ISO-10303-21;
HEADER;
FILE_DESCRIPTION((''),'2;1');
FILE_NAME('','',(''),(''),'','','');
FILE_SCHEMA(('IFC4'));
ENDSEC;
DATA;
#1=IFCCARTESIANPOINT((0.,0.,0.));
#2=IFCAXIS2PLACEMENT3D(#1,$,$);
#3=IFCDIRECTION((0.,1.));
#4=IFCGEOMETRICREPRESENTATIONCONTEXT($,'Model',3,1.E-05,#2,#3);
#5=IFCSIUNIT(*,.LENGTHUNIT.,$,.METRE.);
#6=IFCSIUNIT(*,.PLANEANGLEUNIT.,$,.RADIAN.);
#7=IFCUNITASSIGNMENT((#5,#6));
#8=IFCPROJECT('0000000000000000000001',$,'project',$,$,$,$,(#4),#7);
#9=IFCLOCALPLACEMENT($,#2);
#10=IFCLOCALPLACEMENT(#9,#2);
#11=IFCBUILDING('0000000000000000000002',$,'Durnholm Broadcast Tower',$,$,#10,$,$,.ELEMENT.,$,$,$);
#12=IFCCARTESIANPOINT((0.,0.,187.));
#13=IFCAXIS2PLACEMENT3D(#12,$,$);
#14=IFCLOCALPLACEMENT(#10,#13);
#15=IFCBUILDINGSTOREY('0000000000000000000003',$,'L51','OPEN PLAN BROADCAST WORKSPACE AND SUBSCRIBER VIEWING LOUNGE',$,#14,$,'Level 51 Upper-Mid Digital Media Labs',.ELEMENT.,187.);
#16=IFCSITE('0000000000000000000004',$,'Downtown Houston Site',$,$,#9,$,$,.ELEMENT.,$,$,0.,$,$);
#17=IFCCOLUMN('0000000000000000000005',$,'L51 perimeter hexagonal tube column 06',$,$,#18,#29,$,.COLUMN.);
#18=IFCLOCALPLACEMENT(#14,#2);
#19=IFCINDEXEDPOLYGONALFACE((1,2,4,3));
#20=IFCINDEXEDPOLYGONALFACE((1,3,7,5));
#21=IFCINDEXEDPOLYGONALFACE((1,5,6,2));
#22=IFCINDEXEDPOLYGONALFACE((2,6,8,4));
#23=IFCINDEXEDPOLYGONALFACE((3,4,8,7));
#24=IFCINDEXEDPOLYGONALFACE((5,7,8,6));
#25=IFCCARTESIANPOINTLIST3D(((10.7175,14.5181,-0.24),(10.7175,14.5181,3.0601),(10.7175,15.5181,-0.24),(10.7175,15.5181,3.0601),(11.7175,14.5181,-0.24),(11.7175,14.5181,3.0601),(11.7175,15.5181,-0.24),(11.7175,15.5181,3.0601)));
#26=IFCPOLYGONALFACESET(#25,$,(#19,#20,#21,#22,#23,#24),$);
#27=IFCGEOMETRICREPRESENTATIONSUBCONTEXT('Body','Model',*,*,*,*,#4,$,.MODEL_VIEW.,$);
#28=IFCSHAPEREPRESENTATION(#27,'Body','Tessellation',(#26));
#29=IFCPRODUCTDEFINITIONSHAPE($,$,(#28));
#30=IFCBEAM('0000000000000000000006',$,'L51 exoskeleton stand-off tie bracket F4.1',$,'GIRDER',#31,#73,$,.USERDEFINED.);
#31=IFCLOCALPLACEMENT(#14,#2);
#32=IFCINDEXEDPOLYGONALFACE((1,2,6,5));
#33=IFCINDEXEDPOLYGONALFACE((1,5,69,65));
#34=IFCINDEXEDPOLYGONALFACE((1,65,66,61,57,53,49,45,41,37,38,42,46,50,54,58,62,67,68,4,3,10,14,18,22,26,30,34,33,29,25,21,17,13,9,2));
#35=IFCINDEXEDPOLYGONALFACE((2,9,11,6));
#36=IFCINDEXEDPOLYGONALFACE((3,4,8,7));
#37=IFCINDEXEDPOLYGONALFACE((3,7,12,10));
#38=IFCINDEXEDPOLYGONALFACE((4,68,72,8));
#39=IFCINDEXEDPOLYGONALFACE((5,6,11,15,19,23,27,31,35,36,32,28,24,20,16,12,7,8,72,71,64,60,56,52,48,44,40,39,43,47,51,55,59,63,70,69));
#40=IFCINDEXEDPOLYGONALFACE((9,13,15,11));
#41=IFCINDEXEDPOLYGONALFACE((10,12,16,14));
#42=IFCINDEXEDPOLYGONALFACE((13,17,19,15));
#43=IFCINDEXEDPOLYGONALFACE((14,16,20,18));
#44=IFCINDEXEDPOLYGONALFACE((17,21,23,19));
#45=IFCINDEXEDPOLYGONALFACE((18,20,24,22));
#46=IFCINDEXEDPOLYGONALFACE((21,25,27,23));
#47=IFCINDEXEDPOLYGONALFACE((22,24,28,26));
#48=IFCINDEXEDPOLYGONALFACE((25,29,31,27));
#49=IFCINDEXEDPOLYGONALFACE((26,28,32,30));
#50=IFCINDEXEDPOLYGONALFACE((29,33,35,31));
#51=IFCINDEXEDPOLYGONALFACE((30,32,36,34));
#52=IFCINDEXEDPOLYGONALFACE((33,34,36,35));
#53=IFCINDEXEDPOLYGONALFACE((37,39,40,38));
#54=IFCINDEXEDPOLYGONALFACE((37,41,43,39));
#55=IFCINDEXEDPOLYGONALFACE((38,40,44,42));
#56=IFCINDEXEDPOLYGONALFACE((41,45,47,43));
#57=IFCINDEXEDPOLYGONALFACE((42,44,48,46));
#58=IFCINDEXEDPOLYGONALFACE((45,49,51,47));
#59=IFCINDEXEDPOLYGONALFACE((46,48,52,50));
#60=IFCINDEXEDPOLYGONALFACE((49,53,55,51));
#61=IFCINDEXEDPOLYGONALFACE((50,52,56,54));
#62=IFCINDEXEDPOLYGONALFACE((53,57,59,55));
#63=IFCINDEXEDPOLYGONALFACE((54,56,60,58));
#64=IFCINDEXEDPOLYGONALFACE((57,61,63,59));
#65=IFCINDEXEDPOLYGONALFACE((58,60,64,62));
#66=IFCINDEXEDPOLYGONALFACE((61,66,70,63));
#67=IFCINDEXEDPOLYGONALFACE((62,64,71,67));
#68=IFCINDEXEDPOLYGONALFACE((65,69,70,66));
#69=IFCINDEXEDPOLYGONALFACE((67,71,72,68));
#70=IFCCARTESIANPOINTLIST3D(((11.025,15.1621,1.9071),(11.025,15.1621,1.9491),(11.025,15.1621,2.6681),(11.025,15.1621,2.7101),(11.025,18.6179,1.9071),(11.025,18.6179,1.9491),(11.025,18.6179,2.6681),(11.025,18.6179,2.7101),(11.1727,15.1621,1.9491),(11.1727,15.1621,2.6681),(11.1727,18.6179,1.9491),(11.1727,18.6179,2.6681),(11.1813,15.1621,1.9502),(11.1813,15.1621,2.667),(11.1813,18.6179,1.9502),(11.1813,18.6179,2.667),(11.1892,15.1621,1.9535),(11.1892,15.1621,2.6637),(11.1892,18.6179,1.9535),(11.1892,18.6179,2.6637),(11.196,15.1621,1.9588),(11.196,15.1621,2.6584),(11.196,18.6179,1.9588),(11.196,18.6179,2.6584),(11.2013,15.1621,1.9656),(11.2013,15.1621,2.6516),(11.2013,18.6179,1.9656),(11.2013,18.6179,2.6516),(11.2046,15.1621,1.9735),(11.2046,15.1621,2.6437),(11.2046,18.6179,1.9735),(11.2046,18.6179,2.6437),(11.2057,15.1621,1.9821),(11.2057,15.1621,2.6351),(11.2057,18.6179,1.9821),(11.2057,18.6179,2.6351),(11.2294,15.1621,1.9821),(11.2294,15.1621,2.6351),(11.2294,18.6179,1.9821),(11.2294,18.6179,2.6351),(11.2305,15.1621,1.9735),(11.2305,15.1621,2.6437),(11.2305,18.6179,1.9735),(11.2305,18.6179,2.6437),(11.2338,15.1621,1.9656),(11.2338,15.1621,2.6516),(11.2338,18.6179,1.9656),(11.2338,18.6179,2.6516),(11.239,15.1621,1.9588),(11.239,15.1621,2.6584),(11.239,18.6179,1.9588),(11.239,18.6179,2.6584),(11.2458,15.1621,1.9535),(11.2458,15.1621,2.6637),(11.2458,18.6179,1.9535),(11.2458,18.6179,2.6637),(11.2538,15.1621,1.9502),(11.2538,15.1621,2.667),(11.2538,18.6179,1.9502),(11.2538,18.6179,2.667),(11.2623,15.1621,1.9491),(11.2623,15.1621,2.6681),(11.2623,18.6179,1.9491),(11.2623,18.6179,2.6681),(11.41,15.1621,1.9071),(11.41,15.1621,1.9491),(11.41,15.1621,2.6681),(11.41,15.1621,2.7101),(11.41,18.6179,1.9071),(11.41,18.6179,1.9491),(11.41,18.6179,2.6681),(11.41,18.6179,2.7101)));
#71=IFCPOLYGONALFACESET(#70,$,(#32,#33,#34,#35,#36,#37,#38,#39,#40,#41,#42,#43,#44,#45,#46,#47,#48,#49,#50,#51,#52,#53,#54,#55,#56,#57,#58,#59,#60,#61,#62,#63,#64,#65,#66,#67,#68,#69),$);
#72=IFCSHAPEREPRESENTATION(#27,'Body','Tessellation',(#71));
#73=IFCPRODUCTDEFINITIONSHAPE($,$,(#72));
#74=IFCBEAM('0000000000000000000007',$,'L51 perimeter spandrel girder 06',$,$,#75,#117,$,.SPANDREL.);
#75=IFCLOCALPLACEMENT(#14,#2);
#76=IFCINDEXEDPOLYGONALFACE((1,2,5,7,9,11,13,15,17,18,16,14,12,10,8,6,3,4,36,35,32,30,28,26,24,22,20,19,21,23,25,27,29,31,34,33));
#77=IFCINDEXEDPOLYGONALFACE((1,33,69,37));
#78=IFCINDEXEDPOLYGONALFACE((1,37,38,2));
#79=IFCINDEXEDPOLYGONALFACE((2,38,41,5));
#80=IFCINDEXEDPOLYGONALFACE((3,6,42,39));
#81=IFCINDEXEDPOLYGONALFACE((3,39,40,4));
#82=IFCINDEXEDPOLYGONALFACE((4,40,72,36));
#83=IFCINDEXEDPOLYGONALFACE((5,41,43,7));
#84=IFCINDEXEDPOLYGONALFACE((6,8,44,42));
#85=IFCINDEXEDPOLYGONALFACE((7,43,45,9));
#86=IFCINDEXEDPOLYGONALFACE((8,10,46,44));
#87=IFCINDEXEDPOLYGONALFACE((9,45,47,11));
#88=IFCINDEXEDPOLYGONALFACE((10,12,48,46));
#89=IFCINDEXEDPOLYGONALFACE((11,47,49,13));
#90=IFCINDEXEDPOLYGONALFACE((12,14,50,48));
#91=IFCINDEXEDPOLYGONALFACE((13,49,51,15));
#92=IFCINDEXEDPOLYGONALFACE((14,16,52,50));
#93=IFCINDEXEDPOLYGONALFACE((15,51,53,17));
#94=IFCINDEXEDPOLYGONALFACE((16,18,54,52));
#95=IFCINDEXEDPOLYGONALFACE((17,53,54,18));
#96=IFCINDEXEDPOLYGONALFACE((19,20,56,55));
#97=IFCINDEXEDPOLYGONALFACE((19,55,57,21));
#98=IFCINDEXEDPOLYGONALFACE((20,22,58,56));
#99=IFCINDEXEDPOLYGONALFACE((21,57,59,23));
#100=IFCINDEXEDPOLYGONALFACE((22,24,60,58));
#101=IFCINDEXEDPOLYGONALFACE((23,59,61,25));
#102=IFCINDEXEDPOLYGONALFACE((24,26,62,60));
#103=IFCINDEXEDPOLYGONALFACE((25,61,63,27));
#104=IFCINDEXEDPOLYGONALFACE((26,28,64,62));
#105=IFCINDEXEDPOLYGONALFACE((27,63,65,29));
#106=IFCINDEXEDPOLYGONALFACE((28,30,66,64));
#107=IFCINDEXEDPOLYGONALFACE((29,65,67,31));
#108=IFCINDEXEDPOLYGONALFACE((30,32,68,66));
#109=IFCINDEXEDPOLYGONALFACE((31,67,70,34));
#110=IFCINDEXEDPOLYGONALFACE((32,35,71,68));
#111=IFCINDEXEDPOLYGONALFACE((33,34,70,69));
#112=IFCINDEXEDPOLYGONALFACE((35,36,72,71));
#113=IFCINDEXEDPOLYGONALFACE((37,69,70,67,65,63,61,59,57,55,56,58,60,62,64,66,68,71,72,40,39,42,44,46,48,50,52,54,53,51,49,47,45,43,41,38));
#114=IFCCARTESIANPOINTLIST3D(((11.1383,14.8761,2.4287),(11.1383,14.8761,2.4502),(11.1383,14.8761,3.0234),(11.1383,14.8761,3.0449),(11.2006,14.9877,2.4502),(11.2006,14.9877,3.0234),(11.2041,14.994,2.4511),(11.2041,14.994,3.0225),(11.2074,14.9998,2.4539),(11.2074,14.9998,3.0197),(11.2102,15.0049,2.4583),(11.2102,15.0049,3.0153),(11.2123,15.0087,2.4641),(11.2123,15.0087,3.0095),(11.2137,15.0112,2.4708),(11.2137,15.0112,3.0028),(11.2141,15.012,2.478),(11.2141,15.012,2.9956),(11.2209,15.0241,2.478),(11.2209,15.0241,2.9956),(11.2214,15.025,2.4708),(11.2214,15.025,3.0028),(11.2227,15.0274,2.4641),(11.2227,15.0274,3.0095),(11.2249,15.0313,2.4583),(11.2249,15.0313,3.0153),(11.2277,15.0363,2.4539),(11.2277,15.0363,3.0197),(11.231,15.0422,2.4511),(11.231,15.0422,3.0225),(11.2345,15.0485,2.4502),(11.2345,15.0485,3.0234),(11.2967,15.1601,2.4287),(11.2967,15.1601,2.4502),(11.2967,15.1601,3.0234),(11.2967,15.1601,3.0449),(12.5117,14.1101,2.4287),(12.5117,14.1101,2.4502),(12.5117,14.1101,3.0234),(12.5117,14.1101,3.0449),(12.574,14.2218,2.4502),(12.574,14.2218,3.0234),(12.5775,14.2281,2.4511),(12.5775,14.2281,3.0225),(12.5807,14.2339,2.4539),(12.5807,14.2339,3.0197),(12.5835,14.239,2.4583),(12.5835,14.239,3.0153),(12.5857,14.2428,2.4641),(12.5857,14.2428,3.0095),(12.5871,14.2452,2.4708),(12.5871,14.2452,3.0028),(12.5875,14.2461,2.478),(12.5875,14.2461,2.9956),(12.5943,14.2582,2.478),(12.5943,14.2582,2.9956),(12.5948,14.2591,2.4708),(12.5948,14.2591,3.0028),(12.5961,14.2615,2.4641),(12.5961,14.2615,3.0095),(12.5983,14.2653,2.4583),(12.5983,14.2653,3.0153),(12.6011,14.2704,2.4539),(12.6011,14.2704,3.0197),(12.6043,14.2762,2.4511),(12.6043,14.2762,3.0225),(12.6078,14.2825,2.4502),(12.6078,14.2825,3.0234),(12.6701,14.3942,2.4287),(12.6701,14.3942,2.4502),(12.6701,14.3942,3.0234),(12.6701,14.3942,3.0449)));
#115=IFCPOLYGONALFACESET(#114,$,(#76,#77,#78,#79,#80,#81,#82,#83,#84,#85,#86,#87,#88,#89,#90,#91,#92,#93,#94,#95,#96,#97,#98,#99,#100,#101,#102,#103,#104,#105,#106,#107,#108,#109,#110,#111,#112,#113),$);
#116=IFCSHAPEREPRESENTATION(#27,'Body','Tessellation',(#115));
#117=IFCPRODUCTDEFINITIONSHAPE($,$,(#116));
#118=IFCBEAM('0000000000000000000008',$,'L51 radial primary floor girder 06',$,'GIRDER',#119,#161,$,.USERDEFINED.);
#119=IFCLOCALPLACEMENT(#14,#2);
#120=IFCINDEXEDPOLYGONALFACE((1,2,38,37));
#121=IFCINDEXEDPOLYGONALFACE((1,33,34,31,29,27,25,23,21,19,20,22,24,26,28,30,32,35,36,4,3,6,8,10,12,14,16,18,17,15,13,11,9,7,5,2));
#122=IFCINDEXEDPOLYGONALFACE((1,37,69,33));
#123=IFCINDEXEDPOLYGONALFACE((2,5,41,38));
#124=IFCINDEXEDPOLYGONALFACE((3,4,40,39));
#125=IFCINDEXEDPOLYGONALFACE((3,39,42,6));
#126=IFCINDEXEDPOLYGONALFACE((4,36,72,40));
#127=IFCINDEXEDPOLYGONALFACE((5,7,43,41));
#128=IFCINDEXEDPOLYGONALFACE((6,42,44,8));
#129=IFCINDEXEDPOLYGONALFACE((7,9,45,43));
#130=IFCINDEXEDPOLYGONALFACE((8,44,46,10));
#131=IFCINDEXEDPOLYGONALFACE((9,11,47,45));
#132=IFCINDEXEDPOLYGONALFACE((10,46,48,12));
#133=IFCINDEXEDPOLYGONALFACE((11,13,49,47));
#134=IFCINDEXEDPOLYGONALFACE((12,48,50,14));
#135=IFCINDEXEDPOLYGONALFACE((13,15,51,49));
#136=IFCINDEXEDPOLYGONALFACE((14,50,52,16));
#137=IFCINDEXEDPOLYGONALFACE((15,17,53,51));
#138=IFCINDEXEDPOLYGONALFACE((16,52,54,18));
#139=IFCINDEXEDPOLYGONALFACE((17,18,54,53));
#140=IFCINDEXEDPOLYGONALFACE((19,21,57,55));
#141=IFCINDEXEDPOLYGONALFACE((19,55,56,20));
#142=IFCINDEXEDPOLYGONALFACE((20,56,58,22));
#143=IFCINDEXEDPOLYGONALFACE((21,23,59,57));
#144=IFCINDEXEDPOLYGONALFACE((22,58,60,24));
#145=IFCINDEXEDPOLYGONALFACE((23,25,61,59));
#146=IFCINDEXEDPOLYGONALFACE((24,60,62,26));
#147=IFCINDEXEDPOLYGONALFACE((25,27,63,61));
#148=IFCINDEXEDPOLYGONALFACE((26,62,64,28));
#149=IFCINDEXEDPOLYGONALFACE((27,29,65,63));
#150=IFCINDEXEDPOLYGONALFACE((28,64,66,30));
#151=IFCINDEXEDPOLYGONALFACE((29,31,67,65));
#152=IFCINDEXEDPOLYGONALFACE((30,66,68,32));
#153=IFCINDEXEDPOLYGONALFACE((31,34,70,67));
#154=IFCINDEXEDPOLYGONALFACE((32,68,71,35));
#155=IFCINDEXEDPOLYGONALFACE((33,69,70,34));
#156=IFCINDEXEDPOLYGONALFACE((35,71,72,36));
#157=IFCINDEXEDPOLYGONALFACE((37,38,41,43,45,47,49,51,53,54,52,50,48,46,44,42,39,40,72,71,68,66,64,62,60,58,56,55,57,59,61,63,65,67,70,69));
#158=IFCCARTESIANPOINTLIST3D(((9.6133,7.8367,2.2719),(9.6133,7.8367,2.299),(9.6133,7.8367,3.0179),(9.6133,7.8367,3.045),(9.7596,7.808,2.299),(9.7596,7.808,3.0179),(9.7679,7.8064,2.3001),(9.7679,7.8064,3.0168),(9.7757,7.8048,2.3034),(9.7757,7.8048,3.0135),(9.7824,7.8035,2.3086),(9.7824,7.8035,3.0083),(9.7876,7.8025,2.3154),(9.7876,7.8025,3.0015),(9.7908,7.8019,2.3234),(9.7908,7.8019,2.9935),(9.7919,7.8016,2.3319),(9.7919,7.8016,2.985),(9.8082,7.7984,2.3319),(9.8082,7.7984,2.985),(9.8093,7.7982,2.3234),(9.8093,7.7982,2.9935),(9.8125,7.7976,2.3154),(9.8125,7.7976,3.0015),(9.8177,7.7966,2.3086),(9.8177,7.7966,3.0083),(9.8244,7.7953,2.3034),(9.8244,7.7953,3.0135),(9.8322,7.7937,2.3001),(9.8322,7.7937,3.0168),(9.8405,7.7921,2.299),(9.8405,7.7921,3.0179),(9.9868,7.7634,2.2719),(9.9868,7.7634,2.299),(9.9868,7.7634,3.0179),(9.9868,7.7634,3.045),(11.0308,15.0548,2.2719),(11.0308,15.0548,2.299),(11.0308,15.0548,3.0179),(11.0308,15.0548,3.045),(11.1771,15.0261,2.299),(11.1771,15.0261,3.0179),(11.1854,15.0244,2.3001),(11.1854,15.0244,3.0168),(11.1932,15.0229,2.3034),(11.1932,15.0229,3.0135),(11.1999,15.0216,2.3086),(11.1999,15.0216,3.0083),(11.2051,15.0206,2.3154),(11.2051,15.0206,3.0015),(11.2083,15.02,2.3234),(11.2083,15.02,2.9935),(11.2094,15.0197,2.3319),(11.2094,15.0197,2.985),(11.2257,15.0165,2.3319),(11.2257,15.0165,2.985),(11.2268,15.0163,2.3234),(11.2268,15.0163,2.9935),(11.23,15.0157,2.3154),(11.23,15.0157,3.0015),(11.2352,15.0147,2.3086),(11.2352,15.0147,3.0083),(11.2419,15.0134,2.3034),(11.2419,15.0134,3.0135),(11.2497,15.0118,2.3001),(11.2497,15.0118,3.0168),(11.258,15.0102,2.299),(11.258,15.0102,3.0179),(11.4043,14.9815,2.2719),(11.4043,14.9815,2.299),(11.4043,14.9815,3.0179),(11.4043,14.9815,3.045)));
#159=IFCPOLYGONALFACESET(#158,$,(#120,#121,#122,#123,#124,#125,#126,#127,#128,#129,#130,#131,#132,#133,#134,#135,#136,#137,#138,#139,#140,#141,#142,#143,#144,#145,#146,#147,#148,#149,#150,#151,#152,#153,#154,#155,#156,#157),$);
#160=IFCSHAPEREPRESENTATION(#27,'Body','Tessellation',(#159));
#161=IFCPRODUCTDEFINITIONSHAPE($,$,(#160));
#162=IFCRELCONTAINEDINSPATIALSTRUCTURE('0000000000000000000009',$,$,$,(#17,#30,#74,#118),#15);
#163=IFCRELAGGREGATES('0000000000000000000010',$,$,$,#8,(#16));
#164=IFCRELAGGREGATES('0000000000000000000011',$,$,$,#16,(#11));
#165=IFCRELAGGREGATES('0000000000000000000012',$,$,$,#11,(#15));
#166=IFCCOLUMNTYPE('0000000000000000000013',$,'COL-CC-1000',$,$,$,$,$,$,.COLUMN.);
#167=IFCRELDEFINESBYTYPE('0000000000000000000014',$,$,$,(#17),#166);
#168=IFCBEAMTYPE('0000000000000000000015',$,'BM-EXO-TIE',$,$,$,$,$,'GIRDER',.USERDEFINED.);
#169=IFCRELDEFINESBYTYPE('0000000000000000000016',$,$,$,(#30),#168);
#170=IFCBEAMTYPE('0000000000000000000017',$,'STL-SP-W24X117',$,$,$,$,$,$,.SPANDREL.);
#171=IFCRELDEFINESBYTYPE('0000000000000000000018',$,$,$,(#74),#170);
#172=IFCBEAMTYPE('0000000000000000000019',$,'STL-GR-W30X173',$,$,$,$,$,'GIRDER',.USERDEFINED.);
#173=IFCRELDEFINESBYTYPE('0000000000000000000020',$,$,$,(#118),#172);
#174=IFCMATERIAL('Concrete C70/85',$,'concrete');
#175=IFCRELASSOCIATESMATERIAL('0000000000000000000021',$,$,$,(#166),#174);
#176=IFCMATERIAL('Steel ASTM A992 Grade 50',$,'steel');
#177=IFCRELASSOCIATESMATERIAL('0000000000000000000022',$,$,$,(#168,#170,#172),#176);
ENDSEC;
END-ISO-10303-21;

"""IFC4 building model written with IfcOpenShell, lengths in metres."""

from ifc_helpers import new_model, si_unit, direction, frame, origin, origin_2d, place, context, subcontext, project, spatial, rectangle, i_section, extrude, source, transform, mapped, material, material_profile, profile_set, type_object, type_shapes, element, save


model = new_model("IFC4")

# Units and contexts
model_context = context("Model", 3, precision=1e-05, world=origin(), true_north=direction((0.0, 1.0)))
body_context = subcontext(model_context, "Body", "Model", "MODEL_VIEW")
ifc_project = project(units=[si_unit("LENGTHUNIT", "METRE"), si_unit("PLANEANGLEUNIT", "RADIAN")], contexts=[model_context])

# Site, building, storey
site_placement = place(None, origin())
site = spatial("IfcSite", under=ifc_project, at=site_placement, Name="Downtown Houston Site", CompositionType="ELEMENT", RefElevation=0.0)
building_placement = place(site_placement, origin())
building = spatial("IfcBuilding", under=site, at=building_placement, Name="Durnholm Broadcast Tower", CompositionType="ELEMENT")
storey_placement = place(building_placement, frame((0.0, 0.0, 187.0)))
storey = spatial("IfcBuildingStorey", under=building, at=storey_placement, Name="L51", Description="OPEN PLAN BROADCAST WORKSPACE AND SUBSCRIBER VIEWING LOUNGE", LongName="Level 51 Upper-Mid Digital Media Labs", CompositionType="ELEMENT", Elevation=187.0)

# Column
ifc_material_1 = material(Name="Concrete C70/85", Category="concrete")
ifc_material_profile_1 = material_profile(ifc_material_1, rectangle(XDim=1.0, YDim=1.0, at=origin_2d()), Name="RC1000X1000")
ifc_profile_set_1 = profile_set([ifc_material_profile_1], Name="Concrete C70/85")
column_type = type_object("IfcColumnType", Name="COL-CC-1000", PredefinedType="COLUMN", material=ifc_profile_set_1)
shared_shape_1 = source(origin(), body_context, "Body", "SweptSolid", [
    extrude(rectangle(XDim=1.0, YDim=1.0, at=origin_2d()), origin(), (0.0, 0.0, 1.0), 3.3),
])
type_shapes(column_type, [shared_shape_1])
column_placement = place(storey_placement, frame((11.2175, 15.0181, -0.24), z_axis=(0.0, 0.0, 1.0), x_axis=(1.0, 0.0, 0.0)))
element("IfcColumn", 1, at=column_placement, inside=storey, type_object=column_type, Name="L51 perimeter hexagonal tube column 06", PredefinedType="COLUMN", context=body_context, shape_type="MappedRepresentation", body=[
    mapped(shared_shape_1, transform((0.0, 0.0, 0.0), x_axis=(1.0, 0.0, 0.0), y_axis=(0.0, 1.0, 0.0), z_axis=(0.0, 0.0, 1.0), scale=1.0)),
])

# Beams
ifc_material_2 = material(Name="Steel ASTM A992 Grade 50", Category="steel")
ifc_material_profile_2 = material_profile(ifc_material_2, i_section(OverallWidth=0.385, OverallDepth=0.803, WebThickness=0.0237, FlangeThickness=0.042, FilletRadius=0.033, at=origin_2d()), Name="W30X261")
ifc_profile_set_2 = profile_set([ifc_material_profile_2], Name="Steel ASTM A992 Grade 50")
beam_type_1 = type_object("IfcBeamType", Name="BM-EXO-TIE", ElementType="GIRDER", PredefinedType="USERDEFINED", material=ifc_profile_set_2)
shared_shape_2 = source(origin(), body_context, "Body", "SweptSolid", [
    extrude(i_section(OverallWidth=0.385, OverallDepth=0.803, WebThickness=0.0237, FlangeThickness=0.042, FilletRadius=0.033, at=origin_2d()), origin(), (0.0, 0.0, 1.0), 3.4558),
])
type_shapes(beam_type_1, [shared_shape_2])
beam_1_placement = place(storey_placement, frame((11.2175, 15.1621, 2.3086), z_axis=(0.0, 1.0, 0.0), x_axis=(-1.0, 0.0, 0.0)))
element("IfcBeam", 2, at=beam_1_placement, inside=storey, type_object=beam_type_1, Name="L51 exoskeleton stand-off tie bracket F4.1", ObjectType="GIRDER", PredefinedType="USERDEFINED", context=body_context, shape_type="MappedRepresentation", body=[
    mapped(shared_shape_2, transform((0.0, 0.0, 0.0), x_axis=(1.0, 0.0, 0.0), y_axis=(0.0, 1.0, 0.0), z_axis=(0.0, 0.0, 1.0), scale=1.0)),
])
ifc_material_profile_3 = material_profile(ifc_material_2, i_section(OverallWidth=0.3252, OverallDepth=0.6162, WebThickness=0.0139, FlangeThickness=0.0215, FilletRadius=0.0278, at=origin_2d()), Name="W24X117")
ifc_profile_set_3 = profile_set([ifc_material_profile_3], Name="Steel ASTM A992 Grade 50")
beam_type_2 = type_object("IfcBeamType", Name="STL-SP-W24X117", PredefinedType="SPANDREL", material=ifc_profile_set_3)
shared_shape_3 = source(origin(), body_context, "Body", "SweptSolid", [
    extrude(i_section(OverallWidth=0.3252, OverallDepth=0.6162, WebThickness=0.0139, FlangeThickness=0.0215, FilletRadius=0.0278, at=origin_2d()), origin(), (0.0, 0.0, 1.0), 1.5725),
])
type_shapes(beam_type_2, [shared_shape_3])
beam_2_placement = place(storey_placement, frame((11.2175, 15.0181, 2.7368), z_axis=(0.873365, -0.487066, 0.0), x_axis=(0.487066, 0.873365, 0.0)))
element("IfcBeam", 3, at=beam_2_placement, inside=storey, type_object=beam_type_2, Name="L51 perimeter spandrel girder 06", PredefinedType="SPANDREL", context=body_context, shape_type="MappedRepresentation", body=[
    mapped(shared_shape_3, transform((0.0, 0.0, 0.0), x_axis=(1.0, 0.0, 0.0), y_axis=(0.0, 1.0, 0.0), z_axis=(0.0, 0.0, 1.0), scale=1.0)),
])
ifc_material_profile_4 = material_profile(ifc_material_2, i_section(OverallWidth=0.3806, OverallDepth=0.7732, WebThickness=0.0166, FlangeThickness=0.0271, FilletRadius=0.033, at=origin_2d()), Name="W30X173")
ifc_profile_set_4 = profile_set([ifc_material_profile_4], Name="Steel ASTM A992 Grade 50")
beam_type_3 = type_object("IfcBeamType", Name="STL-GR-W30X173", ElementType="GIRDER", PredefinedType="USERDEFINED", material=ifc_profile_set_4)
shared_shape_4 = source(origin(), body_context, "Body", "SweptSolid", [
    extrude(i_section(OverallWidth=0.3806, OverallDepth=0.7732, WebThickness=0.0166, FlangeThickness=0.0271, FilletRadius=0.033, at=origin_2d()), origin(), (0.0, 0.0, 1.0), 7.356),
])
beam_3_placement = place(storey_placement, frame((9.8, 7.8, 2.6584), z_axis=(0.1927, 0.981258, 0.0), x_axis=(-0.981258, 0.1927, 0.0)))
element("IfcBeam", 4, at=beam_3_placement, inside=storey, type_object=beam_type_3, Name="L51 radial primary floor girder 06", ObjectType="GIRDER", PredefinedType="USERDEFINED", context=body_context, shape_type="MappedRepresentation", body=[
    mapped(shared_shape_4, transform((0.0, 0.0, 0.0), x_axis=(1.0, 0.0, 0.0), y_axis=(0.0, 1.0, 0.0), z_axis=(0.0, 0.0, 1.0), scale=1.0)),
])

save(model, "model.ifc")
